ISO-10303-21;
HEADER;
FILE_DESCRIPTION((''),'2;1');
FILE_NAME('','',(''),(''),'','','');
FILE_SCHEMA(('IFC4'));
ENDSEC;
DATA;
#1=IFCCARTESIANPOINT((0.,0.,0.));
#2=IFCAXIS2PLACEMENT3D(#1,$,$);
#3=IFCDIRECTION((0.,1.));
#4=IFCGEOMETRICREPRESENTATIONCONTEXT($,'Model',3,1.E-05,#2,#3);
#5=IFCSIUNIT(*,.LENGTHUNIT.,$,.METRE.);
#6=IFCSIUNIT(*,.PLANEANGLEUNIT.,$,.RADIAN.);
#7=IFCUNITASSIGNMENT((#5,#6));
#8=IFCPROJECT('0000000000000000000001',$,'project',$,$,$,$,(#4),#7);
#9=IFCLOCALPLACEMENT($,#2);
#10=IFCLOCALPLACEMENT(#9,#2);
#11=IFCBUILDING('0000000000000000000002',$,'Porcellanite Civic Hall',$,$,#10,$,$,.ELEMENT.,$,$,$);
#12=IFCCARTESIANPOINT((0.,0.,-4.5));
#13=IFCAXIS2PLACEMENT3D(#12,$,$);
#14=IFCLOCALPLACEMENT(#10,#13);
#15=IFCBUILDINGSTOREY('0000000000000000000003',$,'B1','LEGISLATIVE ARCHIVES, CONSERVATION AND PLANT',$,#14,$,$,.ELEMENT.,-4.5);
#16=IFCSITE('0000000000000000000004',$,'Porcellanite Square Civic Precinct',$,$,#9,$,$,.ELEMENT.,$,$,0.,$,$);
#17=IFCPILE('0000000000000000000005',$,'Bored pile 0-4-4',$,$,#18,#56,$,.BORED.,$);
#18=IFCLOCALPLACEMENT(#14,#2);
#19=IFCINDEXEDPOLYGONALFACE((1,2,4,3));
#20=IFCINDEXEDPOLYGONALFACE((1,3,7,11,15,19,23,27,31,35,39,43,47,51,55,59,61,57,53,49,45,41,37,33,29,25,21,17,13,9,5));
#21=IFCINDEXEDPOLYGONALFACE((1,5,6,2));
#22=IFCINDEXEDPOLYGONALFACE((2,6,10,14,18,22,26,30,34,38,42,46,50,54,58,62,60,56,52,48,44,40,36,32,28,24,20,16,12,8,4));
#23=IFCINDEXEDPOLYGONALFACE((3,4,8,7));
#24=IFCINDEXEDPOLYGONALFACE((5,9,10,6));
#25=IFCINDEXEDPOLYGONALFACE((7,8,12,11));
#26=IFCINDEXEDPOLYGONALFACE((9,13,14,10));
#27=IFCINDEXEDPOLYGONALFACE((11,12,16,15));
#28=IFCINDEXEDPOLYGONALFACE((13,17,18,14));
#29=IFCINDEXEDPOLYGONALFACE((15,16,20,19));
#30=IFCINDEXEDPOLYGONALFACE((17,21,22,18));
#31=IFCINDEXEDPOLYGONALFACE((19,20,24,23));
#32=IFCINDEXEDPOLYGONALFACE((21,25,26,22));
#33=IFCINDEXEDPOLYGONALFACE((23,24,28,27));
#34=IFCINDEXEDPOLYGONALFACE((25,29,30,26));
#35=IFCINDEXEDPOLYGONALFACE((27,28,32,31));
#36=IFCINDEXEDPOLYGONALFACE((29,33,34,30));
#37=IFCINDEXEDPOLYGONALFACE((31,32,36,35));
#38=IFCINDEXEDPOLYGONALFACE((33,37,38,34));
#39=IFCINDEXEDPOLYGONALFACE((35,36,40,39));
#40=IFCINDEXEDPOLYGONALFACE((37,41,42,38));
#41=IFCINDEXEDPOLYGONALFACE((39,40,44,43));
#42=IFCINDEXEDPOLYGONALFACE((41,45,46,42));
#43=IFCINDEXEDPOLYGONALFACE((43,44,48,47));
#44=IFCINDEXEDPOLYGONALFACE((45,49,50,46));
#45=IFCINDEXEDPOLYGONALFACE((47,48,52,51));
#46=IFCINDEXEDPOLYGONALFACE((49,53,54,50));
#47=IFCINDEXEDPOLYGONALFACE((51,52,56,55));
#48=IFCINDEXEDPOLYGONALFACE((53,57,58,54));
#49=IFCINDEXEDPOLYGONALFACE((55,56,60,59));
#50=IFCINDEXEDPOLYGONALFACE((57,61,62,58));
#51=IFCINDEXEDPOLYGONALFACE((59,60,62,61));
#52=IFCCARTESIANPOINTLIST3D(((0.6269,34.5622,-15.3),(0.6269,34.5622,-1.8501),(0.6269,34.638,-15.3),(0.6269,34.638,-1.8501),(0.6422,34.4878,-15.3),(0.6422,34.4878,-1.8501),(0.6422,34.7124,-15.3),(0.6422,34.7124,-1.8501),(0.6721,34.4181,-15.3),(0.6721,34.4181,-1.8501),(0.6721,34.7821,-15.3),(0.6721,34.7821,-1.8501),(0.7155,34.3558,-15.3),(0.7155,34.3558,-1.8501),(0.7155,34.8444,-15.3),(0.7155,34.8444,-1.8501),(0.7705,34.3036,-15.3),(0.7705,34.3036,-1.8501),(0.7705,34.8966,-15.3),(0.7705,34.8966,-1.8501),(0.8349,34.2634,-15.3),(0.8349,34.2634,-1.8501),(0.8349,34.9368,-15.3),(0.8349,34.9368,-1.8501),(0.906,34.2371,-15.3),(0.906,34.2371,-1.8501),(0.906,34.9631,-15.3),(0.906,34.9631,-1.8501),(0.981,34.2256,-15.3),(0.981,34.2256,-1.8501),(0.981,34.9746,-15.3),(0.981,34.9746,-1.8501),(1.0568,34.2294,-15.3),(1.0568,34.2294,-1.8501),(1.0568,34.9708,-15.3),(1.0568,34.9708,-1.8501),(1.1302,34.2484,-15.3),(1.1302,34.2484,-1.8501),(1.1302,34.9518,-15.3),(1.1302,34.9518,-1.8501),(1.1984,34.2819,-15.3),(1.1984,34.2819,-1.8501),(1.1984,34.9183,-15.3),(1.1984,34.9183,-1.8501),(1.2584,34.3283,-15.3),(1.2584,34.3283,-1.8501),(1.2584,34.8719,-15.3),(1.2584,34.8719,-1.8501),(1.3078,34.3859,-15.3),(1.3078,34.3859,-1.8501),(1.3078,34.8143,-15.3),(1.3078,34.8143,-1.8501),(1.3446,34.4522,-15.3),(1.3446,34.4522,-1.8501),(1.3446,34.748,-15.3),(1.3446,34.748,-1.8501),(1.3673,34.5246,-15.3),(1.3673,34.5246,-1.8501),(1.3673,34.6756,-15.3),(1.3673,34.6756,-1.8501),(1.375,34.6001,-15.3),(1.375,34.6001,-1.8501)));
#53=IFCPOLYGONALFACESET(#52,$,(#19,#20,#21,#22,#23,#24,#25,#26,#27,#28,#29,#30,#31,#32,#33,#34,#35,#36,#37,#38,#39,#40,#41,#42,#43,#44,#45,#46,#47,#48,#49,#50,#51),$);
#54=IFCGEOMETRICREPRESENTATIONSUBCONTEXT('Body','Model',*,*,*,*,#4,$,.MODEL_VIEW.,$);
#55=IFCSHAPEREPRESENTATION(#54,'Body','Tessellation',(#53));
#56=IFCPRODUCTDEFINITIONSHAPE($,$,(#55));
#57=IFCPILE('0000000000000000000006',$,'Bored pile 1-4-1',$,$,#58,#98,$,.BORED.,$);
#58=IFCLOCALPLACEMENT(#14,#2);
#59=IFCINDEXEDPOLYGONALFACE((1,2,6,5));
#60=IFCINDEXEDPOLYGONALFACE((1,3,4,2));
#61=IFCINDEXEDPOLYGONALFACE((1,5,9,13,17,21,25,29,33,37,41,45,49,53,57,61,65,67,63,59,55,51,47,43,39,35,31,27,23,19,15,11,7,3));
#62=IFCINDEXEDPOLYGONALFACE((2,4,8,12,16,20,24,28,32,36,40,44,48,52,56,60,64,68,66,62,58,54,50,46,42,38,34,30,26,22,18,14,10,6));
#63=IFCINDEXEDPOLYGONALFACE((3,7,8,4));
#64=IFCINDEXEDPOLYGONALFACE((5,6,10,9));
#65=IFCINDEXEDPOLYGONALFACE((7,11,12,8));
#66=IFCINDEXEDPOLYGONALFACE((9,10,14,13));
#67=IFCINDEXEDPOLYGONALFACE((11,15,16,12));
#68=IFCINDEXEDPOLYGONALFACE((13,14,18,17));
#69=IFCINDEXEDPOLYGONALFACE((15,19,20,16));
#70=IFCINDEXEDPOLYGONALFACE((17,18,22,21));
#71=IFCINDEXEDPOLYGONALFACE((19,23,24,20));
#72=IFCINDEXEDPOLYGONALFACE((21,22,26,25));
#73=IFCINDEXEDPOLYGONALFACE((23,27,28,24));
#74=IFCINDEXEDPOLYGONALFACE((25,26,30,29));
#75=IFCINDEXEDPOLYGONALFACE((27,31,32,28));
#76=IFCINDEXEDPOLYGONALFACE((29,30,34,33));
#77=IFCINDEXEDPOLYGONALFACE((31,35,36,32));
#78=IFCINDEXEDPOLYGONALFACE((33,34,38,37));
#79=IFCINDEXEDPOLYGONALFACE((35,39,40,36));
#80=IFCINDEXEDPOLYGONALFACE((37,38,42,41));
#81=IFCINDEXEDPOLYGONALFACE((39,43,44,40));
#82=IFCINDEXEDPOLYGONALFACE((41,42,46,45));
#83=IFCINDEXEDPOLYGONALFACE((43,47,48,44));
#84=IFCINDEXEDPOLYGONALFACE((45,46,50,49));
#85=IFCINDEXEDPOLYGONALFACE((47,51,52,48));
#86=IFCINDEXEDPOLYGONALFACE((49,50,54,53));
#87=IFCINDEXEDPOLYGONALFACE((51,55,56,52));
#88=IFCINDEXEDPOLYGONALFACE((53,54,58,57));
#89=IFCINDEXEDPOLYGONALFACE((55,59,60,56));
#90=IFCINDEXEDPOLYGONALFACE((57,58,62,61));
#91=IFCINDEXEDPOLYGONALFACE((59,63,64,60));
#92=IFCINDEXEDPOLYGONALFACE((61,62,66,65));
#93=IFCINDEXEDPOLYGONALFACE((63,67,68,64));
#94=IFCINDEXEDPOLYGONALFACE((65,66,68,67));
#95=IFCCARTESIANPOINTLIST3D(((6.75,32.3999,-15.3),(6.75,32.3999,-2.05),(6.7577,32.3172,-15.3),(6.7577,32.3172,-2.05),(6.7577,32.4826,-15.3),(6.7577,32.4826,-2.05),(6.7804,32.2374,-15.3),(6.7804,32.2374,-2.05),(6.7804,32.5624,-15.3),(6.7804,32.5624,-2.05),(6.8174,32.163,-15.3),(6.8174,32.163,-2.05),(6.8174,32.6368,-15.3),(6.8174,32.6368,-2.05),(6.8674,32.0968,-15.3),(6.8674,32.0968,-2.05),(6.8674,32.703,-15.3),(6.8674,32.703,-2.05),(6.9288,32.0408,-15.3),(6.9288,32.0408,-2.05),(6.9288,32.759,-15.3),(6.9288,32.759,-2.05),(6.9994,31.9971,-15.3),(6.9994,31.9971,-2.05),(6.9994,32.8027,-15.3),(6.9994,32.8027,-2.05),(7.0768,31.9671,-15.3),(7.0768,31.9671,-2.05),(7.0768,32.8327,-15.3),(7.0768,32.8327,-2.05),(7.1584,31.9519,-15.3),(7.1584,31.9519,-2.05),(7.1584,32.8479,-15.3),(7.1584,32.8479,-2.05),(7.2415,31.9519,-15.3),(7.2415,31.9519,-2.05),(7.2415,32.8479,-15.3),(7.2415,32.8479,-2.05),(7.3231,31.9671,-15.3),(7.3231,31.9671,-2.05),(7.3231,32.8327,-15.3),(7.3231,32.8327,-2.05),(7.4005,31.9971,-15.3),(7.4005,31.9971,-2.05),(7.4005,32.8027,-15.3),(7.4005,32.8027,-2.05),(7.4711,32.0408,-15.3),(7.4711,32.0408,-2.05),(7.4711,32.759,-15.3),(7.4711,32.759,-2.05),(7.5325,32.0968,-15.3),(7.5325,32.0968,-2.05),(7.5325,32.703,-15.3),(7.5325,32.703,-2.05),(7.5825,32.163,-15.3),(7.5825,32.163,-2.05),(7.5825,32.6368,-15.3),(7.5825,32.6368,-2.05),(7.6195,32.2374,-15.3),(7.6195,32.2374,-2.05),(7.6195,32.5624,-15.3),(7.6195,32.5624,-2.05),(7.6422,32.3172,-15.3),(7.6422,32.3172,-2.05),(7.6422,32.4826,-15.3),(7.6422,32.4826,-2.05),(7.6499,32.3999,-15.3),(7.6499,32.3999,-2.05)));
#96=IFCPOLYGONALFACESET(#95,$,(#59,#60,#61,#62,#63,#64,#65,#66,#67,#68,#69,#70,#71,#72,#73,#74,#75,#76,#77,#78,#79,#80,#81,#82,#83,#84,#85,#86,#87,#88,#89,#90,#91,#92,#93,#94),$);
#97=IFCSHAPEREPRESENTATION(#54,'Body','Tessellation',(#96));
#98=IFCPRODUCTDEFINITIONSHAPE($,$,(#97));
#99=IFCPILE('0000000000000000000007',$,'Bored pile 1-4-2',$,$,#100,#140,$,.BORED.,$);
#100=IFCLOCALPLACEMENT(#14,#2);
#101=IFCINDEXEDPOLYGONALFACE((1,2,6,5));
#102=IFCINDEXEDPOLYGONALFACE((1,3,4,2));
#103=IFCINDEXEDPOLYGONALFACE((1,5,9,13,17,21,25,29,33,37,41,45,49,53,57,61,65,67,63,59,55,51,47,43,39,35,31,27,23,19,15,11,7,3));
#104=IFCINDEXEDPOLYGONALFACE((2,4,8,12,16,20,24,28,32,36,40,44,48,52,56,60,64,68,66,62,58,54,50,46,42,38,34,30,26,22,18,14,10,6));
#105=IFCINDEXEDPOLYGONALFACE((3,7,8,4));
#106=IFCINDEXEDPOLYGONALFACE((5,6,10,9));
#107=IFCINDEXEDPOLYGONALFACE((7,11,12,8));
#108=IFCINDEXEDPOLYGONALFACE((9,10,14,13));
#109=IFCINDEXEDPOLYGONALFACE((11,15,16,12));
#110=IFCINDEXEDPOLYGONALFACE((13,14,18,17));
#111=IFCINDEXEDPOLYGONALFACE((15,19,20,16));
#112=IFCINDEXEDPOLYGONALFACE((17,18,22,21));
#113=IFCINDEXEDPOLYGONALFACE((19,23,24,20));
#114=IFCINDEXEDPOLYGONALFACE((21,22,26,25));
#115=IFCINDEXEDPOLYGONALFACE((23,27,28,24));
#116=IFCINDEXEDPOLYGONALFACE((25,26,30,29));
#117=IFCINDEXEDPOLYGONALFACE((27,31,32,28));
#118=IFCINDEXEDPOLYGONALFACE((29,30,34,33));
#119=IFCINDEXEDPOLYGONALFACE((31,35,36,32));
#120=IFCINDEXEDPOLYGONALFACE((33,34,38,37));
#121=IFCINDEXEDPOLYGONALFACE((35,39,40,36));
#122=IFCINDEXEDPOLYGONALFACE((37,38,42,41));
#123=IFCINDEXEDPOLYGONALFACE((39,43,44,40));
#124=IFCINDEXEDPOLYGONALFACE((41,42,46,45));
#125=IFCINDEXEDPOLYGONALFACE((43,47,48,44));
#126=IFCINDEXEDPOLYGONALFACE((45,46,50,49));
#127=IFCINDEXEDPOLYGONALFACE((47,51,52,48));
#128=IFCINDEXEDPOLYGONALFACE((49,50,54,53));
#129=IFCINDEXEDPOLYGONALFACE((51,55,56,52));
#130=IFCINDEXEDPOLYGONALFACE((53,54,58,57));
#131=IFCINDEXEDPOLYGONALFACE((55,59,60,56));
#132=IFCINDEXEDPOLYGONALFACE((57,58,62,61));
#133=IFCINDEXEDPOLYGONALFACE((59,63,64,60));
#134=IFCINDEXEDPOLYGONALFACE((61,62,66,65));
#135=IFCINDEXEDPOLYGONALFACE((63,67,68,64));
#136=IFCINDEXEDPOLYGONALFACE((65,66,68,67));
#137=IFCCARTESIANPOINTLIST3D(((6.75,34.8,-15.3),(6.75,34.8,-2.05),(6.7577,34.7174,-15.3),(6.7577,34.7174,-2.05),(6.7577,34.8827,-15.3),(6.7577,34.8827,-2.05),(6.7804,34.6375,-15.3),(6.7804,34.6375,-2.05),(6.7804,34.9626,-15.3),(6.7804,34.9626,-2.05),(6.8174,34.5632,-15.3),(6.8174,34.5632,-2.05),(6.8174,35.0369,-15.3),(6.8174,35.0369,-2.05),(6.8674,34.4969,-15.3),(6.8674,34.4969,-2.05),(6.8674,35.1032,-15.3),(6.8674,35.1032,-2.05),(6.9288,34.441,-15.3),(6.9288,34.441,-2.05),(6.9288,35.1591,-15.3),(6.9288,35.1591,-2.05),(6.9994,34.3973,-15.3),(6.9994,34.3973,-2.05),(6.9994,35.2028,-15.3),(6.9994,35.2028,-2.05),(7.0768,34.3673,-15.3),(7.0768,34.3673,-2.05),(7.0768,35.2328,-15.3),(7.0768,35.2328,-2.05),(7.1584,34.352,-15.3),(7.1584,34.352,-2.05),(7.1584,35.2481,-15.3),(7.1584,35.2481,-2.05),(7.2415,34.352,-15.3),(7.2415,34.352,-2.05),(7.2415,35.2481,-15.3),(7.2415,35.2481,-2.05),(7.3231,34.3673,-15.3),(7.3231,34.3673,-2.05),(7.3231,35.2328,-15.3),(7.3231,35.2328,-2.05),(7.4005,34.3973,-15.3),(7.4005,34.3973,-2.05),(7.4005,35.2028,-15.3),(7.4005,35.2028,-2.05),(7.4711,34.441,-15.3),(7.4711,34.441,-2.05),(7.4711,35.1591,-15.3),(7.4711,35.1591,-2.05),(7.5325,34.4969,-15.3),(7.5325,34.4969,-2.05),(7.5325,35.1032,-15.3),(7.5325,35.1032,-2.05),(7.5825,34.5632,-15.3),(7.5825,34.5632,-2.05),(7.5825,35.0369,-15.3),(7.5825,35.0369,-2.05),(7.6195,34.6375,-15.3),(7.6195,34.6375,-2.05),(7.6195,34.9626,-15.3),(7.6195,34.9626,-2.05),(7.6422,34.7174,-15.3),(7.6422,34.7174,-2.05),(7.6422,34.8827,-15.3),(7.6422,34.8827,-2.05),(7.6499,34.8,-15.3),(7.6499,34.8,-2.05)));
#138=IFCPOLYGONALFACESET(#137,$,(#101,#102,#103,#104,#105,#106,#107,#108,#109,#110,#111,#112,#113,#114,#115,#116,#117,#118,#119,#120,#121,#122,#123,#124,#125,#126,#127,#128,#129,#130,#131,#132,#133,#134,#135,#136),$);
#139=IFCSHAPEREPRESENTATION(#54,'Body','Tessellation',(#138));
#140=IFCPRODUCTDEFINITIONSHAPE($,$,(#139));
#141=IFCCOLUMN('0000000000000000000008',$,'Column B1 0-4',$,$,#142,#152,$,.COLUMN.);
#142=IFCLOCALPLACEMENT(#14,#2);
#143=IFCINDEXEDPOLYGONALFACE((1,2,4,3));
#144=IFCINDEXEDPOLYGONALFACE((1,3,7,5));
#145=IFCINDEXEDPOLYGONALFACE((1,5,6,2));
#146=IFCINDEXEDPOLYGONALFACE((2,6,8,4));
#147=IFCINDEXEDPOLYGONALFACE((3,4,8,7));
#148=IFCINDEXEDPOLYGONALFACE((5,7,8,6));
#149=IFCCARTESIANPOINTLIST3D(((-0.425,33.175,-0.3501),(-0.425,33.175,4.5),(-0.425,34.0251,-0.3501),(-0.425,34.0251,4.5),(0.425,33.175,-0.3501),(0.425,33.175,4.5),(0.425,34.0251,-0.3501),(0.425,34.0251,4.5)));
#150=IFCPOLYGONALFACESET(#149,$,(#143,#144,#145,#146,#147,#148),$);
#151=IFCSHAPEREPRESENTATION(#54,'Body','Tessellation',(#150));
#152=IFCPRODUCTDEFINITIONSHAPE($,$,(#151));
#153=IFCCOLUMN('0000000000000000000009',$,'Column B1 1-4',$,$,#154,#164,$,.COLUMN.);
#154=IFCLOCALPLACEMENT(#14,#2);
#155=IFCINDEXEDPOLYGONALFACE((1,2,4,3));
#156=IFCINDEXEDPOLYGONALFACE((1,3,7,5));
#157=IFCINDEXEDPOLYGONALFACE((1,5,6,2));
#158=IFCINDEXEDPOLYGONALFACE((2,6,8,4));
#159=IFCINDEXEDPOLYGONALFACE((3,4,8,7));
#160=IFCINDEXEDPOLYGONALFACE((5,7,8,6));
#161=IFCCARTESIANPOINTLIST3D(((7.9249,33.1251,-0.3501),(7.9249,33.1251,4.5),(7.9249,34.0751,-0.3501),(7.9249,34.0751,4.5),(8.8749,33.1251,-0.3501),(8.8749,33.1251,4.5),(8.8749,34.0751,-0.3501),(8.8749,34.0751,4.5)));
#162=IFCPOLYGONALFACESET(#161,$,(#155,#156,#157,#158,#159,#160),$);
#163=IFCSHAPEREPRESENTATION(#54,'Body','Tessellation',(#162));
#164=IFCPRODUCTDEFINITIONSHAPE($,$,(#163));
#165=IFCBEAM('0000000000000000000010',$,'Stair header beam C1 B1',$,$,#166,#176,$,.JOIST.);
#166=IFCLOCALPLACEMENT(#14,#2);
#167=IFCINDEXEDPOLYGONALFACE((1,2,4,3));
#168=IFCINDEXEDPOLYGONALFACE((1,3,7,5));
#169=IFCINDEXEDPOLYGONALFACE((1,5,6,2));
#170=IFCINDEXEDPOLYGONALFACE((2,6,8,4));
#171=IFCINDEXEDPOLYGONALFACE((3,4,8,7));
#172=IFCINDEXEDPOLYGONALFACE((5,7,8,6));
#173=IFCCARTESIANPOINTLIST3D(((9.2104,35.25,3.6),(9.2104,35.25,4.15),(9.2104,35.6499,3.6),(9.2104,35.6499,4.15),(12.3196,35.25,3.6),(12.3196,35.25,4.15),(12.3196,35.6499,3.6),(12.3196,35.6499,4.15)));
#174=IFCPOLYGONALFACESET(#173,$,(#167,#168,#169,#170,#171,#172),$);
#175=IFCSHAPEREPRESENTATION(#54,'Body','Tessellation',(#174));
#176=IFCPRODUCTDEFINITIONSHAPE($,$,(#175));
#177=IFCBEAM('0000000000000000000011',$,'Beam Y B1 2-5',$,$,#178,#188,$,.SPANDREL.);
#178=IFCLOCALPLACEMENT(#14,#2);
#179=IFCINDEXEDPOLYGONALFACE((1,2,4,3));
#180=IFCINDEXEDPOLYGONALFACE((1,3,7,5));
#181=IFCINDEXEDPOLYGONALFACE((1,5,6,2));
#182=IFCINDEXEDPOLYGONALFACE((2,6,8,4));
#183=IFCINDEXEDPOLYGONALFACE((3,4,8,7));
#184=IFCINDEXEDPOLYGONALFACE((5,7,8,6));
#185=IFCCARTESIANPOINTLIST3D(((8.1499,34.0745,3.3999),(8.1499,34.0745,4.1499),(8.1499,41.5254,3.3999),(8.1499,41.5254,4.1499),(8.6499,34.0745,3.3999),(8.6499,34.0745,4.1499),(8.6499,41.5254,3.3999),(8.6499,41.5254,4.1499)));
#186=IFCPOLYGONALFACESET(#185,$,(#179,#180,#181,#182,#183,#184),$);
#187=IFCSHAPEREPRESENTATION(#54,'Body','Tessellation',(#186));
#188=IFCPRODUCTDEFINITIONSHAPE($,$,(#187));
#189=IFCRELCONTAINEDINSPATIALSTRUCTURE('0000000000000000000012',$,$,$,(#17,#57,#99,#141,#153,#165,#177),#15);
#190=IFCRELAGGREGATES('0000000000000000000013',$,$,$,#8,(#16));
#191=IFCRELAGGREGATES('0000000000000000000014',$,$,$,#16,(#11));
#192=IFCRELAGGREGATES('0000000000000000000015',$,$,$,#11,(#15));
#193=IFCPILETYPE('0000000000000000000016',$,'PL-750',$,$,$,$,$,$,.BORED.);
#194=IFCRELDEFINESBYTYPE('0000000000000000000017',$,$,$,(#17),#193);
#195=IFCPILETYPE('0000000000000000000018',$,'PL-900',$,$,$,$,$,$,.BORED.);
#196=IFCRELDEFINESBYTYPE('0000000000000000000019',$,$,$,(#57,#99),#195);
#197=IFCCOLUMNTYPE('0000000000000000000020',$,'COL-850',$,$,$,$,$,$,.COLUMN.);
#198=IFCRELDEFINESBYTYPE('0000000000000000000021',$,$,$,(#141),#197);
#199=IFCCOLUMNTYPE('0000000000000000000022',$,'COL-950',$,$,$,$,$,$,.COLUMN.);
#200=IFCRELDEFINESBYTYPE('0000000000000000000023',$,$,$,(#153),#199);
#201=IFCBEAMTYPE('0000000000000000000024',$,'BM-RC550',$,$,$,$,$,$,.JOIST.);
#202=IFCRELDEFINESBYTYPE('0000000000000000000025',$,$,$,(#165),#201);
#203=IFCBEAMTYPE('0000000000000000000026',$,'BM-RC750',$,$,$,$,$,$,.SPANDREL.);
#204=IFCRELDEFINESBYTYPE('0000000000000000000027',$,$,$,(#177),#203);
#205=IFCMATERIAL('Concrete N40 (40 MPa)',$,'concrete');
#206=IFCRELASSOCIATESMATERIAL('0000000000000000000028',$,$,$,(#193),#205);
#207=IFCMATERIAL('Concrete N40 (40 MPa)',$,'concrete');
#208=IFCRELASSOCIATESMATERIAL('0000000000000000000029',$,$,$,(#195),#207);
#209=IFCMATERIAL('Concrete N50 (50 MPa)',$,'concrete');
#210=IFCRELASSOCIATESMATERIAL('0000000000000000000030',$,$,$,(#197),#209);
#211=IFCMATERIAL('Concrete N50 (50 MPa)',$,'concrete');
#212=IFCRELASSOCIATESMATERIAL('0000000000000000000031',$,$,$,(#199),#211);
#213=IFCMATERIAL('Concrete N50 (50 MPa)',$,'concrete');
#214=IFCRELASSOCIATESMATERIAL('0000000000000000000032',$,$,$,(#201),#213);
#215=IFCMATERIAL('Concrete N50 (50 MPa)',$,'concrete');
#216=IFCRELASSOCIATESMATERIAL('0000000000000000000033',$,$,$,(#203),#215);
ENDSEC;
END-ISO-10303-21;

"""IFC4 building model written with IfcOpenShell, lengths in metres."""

from ifc_helpers import new_model, si_unit, direction, frame, origin, origin_2d, place, context, subcontext, project, spatial, rectangle, circle, extrude, material, material_profile, profile_set, type_object, element, save


model = new_model("IFC4")

# Units and contexts
model_context = context("Model", 3, precision=1e-05, world=origin(), true_north=direction((0.0, 1.0)))
body_context = subcontext(model_context, "Body", "Model", "MODEL_VIEW")
ifc_project = project(units=[si_unit("LENGTHUNIT", "METRE"), si_unit("PLANEANGLEUNIT", "RADIAN")], contexts=[model_context])

# Site, building, storey
site_placement = place(None, origin())
site = spatial("IfcSite", under=ifc_project, at=site_placement, Name="Porcellanite Square Civic Precinct", CompositionType="ELEMENT", RefElevation=0.0)
building_placement = place(site_placement, origin())
building = spatial("IfcBuilding", under=site, at=building_placement, Name="Porcellanite Civic Hall", CompositionType="ELEMENT")
storey_placement = place(building_placement, frame((0.0, 0.0, -4.5)))
storey = spatial("IfcBuildingStorey", under=building, at=storey_placement, Name="B1", Description="LEGISLATIVE ARCHIVES, CONSERVATION AND PLANT", CompositionType="ELEMENT", Elevation=-4.5)

# Piles
ifc_material_1 = material(Name="Concrete N40 (40 MPa)", Category="concrete")
ifc_material_profile_1 = material_profile(ifc_material_1, circle(Radius=0.375, at=origin_2d()), Name="PILE-D750")
ifc_profile_set_1 = profile_set([ifc_material_profile_1], Name="Concrete N40 (40 MPa)")
pile_type_1 = type_object("IfcPileType", Name="PL-750", PredefinedType="BORED", material=ifc_profile_set_1)
for number, where, z_axis, x_axis, name in (
    (1, (1.0, 34.6001, -1.8501), (0.0, 0.0, -1.0), (1.0, 0.0, 0.0), "Bored pile 0-4-4"),
):
    element("IfcPile", number, at=place(storey_placement, frame(where, z_axis=z_axis, x_axis=x_axis)), inside=storey, type_object=pile_type_1, Name=name, PredefinedType="BORED", context=body_context, shape_type="SweptSolid", body=[
        extrude(circle(Radius=0.375, at=origin_2d()), origin(), (0.0, 0.0, 1.0), 13.45),
    ])
ifc_material_2 = material(Name="Concrete N40 (40 MPa)", Category="concrete")
ifc_material_profile_2 = material_profile(ifc_material_2, circle(Radius=0.45, at=origin_2d()), Name="PILE-D900")
ifc_profile_set_2 = profile_set([ifc_material_profile_2], Name="Concrete N40 (40 MPa)")
pile_type_2 = type_object("IfcPileType", Name="PL-900", PredefinedType="BORED", material=ifc_profile_set_2)
for number, where, z_axis, x_axis, name in (
    (2, (7.2, 32.3999, -2.05), (0.0, 0.0, -1.0), (1.0, 0.0, 0.0), "Bored pile 1-4-1"),
    (3, (7.2, 34.8, -2.05), (0.0, 0.0, -1.0), (1.0, 0.0, 0.0), "Bored pile 1-4-2"),
):
    element("IfcPile", number, at=place(storey_placement, frame(where, z_axis=z_axis, x_axis=x_axis)), inside=storey, type_object=pile_type_2, Name=name, PredefinedType="BORED", context=body_context, shape_type="SweptSolid", body=[
        extrude(circle(Radius=0.45, at=origin_2d()), origin(), (0.0, 0.0, 1.0), 13.25),
    ])

# Columns
ifc_material_3 = material(Name="Concrete N50 (50 MPa)", Category="concrete")
ifc_material_profile_3 = material_profile(ifc_material_3, rectangle(XDim=0.8501, YDim=0.8501, at=origin_2d()), Name="RC-850x850")
ifc_profile_set_3 = profile_set([ifc_material_profile_3], Name="Concrete N50 (50 MPa)")
column_type_1 = type_object("IfcColumnType", Name="COL-850", PredefinedType="COLUMN", material=ifc_profile_set_3)
column_1_placement = place(storey_placement, frame((0.0, 33.6001, -0.3501), z_axis=(0.0, 0.0, 1.0), x_axis=(1.0, 0.0, 0.0)))
element("IfcColumn", 4, at=column_1_placement, inside=storey, type_object=column_type_1, Name="Column B1 0-4", PredefinedType="COLUMN", context=body_context, shape_type="SweptSolid", body=[
    extrude(rectangle(XDim=0.8501, YDim=0.8501, at=origin_2d()), origin(), (0.0, 0.0, 1.0), 4.8501),
])
ifc_material_4 = material(Name="Concrete N50 (50 MPa)", Category="concrete")
ifc_material_profile_4 = material_profile(ifc_material_4, rectangle(XDim=0.95, YDim=0.95, at=origin_2d()), Name="RC-950x950")
ifc_profile_set_4 = profile_set([ifc_material_profile_4], Name="Concrete N50 (50 MPa)")
column_type_2 = type_object("IfcColumnType", Name="COL-950", PredefinedType="COLUMN", material=ifc_profile_set_4)
column_2_placement = place(storey_placement, frame((8.3999, 33.6001, -0.3501), z_axis=(0.0, 0.0, 1.0), x_axis=(1.0, 0.0, 0.0)))
element("IfcColumn", 5, at=column_2_placement, inside=storey, type_object=column_type_2, Name="Column B1 1-4", PredefinedType="COLUMN", context=body_context, shape_type="SweptSolid", body=[
    extrude(rectangle(XDim=0.95, YDim=0.95, at=origin_2d()), origin(), (0.0, 0.0, 1.0), 4.8501),
])

# Beams
ifc_material_5 = material(Name="Concrete N50 (50 MPa)", Category="concrete")
ifc_material_profile_5 = material_profile(ifc_material_5, rectangle(XDim=0.3999, YDim=0.55, at=origin_2d()), Name="RC-400x550")
ifc_profile_set_5 = profile_set([ifc_material_profile_5], Name="Concrete N50 (50 MPa)")
beam_type_1 = type_object("IfcBeamType", Name="BM-RC550", PredefinedType="JOIST", material=ifc_profile_set_5)
beam_1_placement = place(storey_placement, frame((9.2104, 35.45, 3.875), z_axis=(1.0, 0.0, 0.0), x_axis=(0.0, 1.0, 0.0)))
element("IfcBeam", 6, at=beam_1_placement, inside=storey, type_object=beam_type_1, Name="Stair header beam C1 B1", PredefinedType="JOIST", context=body_context, shape_type="SweptSolid", body=[
    extrude(rectangle(XDim=0.3999, YDim=0.55, at=origin_2d()), origin(), (0.0, 0.0, 1.0), 3.1091),
])
ifc_material_6 = material(Name="Concrete N50 (50 MPa)", Category="concrete")
ifc_material_profile_6 = material_profile(ifc_material_6, rectangle(XDim=0.5, YDim=0.75, at=origin_2d()), Name="RC-500x750")
ifc_profile_set_6 = profile_set([ifc_material_profile_6], Name="Concrete N50 (50 MPa)")
beam_type_2 = type_object("IfcBeamType", Name="BM-RC750", PredefinedType="SPANDREL", material=ifc_profile_set_6)
beam_2_placement = place(storey_placement, frame((8.3999, 34.0745, 3.7749), z_axis=(0.0, 1.0, 0.0), x_axis=(-1.0, 0.0, 0.0)))
element("IfcBeam", 7, at=beam_2_placement, inside=storey, type_object=beam_type_2, Name="Beam Y B1 2-5", PredefinedType="SPANDREL", context=body_context, shape_type="SweptSolid", body=[
    extrude(rectangle(XDim=0.5, YDim=0.75, at=origin_2d()), origin(), (0.0, 0.0, 1.0), 7.4509),
])

save(model, "model.ifc")
